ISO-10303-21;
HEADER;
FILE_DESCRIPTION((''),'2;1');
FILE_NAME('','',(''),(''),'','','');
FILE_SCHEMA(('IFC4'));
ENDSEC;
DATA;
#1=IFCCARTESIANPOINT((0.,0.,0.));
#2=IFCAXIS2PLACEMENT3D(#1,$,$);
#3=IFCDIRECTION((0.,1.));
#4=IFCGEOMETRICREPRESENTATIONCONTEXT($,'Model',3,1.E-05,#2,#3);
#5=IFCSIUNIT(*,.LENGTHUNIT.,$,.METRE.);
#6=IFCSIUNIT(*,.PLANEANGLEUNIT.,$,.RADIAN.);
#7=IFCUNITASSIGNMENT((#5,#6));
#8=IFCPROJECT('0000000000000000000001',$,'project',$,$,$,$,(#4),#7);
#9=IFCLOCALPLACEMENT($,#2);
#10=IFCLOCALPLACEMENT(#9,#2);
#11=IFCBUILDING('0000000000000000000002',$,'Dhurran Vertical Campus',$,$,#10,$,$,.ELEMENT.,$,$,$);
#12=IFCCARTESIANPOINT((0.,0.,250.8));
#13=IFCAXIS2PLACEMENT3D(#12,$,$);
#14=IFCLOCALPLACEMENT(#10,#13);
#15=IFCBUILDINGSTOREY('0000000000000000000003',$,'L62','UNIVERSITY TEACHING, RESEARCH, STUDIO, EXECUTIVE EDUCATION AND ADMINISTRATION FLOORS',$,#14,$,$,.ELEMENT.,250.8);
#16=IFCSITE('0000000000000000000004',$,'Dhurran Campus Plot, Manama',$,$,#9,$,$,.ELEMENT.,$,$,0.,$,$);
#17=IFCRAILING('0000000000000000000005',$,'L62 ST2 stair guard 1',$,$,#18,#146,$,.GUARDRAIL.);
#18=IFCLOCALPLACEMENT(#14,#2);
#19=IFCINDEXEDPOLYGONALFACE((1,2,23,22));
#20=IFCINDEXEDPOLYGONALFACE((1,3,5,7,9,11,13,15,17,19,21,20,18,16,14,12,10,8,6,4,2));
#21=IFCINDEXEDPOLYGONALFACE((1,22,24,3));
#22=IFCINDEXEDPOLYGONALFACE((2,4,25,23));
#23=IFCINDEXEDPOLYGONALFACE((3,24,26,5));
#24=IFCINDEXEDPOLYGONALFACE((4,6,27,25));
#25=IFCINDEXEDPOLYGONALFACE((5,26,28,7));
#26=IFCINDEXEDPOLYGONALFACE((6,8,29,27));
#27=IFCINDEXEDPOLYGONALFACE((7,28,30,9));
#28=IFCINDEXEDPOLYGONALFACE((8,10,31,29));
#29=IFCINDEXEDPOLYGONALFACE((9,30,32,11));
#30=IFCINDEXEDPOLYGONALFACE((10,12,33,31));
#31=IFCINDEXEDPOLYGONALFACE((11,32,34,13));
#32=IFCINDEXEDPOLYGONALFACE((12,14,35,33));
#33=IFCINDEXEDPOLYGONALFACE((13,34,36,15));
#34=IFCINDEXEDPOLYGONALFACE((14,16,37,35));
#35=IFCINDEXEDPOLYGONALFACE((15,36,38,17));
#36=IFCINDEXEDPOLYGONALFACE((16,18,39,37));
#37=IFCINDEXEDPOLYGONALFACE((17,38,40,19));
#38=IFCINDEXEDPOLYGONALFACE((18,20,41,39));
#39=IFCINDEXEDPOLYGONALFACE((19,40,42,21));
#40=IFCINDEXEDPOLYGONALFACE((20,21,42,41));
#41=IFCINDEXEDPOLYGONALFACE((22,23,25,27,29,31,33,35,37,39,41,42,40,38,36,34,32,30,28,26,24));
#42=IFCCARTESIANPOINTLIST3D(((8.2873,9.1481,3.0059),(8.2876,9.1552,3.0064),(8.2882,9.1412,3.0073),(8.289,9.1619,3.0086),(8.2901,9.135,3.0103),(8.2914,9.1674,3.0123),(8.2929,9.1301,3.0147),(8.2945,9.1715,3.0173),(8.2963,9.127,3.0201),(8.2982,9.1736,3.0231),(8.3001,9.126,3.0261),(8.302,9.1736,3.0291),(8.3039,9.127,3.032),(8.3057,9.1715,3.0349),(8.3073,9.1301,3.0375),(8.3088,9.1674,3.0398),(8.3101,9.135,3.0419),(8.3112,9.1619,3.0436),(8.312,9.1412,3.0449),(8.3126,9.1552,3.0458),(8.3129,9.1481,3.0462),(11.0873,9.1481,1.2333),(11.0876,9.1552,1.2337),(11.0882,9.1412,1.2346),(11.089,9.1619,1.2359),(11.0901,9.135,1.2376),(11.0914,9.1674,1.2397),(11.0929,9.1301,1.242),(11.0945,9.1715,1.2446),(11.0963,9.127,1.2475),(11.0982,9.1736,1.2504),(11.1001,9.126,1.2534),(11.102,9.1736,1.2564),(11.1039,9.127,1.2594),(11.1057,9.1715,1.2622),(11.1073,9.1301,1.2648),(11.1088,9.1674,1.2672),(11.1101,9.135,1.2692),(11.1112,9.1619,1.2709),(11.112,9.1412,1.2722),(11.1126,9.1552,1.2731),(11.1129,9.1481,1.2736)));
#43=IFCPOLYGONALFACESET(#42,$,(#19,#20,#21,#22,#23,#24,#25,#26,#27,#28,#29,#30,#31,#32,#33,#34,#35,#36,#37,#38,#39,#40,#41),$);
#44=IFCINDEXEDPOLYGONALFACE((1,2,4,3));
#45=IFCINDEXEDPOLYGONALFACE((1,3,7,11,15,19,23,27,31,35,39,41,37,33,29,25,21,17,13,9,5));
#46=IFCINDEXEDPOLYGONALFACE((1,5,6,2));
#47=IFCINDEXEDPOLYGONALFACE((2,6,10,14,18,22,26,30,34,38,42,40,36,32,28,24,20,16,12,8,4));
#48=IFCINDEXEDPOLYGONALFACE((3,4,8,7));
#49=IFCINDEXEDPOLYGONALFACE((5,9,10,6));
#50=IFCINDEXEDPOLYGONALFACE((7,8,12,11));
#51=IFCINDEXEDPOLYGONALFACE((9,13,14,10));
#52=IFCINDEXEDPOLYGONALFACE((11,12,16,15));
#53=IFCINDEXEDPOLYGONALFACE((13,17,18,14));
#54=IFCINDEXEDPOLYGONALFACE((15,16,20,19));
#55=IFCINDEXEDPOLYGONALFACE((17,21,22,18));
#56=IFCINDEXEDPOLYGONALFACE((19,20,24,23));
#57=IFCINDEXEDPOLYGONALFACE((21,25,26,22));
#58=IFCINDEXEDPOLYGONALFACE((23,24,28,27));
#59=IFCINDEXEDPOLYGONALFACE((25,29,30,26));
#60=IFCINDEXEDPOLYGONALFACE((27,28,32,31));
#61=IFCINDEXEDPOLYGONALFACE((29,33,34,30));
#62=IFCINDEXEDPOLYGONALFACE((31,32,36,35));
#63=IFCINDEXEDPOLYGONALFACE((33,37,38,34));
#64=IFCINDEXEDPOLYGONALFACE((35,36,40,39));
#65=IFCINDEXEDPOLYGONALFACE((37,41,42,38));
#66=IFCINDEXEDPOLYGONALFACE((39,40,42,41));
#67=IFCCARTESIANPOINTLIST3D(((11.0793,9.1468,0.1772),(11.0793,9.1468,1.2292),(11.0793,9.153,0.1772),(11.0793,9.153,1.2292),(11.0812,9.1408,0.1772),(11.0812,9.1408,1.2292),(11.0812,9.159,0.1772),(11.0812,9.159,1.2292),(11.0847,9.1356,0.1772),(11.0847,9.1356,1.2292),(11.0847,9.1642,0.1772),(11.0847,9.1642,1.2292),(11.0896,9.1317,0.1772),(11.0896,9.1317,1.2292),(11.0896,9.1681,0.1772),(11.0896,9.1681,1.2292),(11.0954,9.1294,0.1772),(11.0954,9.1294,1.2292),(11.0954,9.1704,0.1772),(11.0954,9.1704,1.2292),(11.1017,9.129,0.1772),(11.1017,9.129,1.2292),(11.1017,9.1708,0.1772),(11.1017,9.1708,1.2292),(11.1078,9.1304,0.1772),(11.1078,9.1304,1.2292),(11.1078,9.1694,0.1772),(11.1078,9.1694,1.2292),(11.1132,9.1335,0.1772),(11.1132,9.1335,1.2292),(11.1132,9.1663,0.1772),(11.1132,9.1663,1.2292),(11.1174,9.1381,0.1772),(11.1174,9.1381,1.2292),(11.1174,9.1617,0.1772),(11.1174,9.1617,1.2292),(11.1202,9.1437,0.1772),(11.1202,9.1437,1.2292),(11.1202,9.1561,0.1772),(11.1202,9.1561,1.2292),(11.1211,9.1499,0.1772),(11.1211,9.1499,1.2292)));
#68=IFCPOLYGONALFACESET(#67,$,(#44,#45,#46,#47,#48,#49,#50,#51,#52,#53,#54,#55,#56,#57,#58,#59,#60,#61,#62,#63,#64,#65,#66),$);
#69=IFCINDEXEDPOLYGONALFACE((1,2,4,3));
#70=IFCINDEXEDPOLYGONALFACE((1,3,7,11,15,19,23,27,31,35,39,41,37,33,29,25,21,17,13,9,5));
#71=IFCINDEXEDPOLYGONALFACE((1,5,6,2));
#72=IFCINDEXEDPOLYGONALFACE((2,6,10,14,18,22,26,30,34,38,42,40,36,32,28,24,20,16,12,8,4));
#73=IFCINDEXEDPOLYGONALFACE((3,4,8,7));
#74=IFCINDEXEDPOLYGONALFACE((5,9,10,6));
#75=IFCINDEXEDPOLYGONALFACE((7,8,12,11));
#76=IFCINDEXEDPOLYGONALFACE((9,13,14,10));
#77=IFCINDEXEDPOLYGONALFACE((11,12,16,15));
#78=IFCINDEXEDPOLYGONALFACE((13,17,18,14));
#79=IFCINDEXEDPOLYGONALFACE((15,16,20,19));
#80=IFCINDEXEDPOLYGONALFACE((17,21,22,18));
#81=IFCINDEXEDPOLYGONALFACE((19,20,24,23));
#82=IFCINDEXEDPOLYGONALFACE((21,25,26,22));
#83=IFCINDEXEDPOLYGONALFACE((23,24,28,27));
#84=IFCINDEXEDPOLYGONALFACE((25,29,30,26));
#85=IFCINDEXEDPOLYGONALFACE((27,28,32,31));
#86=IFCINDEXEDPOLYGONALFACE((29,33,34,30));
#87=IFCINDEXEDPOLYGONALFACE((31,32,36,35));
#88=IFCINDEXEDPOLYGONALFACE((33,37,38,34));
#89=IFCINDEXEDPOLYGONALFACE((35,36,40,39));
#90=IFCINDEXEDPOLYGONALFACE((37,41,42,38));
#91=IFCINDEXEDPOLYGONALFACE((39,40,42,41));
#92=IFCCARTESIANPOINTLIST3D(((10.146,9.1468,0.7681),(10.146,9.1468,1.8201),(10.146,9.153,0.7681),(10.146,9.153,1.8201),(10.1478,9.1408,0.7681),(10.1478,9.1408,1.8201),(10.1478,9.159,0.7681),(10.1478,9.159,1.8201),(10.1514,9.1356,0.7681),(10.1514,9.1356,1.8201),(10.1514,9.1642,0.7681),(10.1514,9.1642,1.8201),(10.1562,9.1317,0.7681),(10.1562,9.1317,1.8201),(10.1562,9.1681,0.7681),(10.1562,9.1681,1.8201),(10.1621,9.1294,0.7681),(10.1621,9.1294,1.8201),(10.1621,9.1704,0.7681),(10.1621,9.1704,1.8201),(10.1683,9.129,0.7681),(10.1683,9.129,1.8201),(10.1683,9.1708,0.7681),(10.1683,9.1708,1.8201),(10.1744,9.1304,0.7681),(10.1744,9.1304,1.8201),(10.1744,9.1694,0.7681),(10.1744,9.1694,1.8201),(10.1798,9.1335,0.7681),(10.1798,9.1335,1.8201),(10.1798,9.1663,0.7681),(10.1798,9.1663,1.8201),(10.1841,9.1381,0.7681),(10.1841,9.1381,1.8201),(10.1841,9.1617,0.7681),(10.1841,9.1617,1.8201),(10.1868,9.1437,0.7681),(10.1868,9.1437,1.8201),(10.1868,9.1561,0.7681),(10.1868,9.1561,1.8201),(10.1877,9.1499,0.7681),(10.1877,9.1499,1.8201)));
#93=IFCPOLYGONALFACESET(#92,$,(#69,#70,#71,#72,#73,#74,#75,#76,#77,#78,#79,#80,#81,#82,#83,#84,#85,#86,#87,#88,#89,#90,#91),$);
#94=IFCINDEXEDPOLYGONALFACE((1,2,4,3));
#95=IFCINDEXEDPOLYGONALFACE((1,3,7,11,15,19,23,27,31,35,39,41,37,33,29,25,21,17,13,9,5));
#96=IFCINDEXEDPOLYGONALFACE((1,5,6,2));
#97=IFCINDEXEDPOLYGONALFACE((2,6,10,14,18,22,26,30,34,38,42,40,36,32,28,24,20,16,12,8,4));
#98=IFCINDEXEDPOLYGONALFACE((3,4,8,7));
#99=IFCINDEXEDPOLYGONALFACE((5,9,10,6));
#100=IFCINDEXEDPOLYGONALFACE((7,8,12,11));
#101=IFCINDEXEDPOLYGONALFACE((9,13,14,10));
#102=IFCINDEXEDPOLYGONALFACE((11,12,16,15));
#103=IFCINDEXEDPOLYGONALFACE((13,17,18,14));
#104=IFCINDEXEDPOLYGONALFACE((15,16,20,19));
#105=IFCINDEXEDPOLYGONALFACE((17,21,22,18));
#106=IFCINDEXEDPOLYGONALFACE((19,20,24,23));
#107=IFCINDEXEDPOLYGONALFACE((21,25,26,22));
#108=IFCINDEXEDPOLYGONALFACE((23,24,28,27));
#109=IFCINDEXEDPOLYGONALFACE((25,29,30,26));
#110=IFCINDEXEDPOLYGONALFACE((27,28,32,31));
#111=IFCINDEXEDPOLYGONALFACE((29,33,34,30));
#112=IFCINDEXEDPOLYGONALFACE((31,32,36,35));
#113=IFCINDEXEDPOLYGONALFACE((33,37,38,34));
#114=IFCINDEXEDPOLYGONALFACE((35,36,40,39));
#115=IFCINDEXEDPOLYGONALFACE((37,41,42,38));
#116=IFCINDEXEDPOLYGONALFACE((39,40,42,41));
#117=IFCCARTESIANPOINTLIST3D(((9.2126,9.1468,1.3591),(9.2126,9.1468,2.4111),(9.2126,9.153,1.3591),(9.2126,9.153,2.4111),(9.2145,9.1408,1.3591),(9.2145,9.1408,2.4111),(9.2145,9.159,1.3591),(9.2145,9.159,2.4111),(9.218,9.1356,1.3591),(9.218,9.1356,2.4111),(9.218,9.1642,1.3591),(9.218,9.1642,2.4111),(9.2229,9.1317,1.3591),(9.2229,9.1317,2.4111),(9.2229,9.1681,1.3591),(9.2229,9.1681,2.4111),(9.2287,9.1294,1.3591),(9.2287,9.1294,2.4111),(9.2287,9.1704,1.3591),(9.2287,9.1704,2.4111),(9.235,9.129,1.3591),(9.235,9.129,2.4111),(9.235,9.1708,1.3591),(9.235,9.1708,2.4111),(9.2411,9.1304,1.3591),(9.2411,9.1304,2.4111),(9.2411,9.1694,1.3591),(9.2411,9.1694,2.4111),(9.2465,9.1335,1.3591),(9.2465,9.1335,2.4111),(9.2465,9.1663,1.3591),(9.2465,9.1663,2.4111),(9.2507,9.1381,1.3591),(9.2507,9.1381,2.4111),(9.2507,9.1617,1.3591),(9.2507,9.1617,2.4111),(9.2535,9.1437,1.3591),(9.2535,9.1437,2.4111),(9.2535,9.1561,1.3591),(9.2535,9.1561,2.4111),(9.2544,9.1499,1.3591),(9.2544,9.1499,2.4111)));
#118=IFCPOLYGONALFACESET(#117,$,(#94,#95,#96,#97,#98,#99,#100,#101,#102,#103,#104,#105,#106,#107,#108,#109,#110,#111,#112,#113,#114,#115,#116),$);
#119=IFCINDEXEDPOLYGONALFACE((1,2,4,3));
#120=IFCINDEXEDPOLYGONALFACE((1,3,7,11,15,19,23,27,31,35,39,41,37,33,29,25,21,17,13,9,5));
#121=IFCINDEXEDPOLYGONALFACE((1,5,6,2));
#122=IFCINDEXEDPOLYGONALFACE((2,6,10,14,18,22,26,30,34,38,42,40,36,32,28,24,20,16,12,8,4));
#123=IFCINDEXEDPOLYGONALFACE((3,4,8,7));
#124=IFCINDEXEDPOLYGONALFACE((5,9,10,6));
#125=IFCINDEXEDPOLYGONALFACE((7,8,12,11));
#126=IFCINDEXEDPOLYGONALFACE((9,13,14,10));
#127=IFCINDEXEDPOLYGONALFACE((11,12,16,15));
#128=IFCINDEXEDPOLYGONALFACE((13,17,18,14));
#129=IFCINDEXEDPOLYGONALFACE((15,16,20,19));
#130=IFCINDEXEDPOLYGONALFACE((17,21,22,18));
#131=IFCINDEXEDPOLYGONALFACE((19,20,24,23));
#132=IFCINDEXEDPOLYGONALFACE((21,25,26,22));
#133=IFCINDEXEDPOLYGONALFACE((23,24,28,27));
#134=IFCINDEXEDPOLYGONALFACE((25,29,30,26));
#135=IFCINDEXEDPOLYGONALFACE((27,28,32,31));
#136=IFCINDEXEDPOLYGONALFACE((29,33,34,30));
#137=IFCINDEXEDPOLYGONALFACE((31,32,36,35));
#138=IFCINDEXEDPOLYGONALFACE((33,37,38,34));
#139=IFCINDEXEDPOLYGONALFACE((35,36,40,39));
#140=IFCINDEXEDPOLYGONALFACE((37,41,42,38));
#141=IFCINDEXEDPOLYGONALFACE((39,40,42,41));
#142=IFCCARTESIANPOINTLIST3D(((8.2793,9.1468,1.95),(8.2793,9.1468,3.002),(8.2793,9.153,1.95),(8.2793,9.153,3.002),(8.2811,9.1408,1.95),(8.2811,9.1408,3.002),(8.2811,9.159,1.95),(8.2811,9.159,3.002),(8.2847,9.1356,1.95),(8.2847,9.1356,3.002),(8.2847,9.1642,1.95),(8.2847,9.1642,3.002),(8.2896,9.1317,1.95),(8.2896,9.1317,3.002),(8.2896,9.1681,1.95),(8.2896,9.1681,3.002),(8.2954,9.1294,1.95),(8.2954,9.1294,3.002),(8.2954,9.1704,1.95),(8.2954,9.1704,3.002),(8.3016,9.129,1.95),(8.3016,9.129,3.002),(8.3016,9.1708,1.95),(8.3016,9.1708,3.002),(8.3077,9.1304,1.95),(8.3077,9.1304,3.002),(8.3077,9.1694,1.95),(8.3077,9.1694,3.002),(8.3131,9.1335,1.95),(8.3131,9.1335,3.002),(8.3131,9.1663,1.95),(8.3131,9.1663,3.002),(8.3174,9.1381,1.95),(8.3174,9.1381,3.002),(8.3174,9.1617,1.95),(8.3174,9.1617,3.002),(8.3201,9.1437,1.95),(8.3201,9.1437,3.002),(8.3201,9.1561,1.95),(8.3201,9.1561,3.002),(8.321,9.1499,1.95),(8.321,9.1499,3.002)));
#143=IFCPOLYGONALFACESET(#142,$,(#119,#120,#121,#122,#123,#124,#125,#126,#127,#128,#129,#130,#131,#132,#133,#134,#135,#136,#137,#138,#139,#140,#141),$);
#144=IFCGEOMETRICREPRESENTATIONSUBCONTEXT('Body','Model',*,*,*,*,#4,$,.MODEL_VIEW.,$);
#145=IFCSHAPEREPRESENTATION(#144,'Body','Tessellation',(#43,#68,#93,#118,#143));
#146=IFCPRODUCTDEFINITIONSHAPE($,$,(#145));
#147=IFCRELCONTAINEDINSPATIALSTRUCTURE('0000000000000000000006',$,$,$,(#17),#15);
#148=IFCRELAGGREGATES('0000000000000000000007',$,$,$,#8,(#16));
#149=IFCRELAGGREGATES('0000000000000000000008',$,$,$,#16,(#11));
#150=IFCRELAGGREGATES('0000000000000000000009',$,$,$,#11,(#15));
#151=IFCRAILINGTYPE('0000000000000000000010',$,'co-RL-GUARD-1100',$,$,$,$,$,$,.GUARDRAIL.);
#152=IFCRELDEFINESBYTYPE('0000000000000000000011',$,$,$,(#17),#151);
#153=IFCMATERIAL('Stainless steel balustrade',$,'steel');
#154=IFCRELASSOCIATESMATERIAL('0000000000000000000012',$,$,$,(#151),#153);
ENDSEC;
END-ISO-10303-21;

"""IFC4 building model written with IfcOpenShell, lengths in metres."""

from ifc_helpers import new_model, si_unit, direction, frame, origin, origin_2d, place, context, subcontext, project, spatial, circle, extrude, material, type_object, element, save


model = new_model("IFC4")

# Units and contexts
model_context = context("Model", 3, precision=1e-05, world=origin(), true_north=direction((0.0, 1.0)))
body_context = subcontext(model_context, "Body", "Model", "MODEL_VIEW")
ifc_project = project(units=[si_unit("LENGTHUNIT", "METRE"), si_unit("PLANEANGLEUNIT", "RADIAN")], contexts=[model_context])

# Site, building, storey
site_placement = place(None, origin())
site = spatial("IfcSite", under=ifc_project, at=site_placement, Name="Dhurran Campus Plot, Manama", CompositionType="ELEMENT", RefElevation=0.0)
building_placement = place(site_placement, origin())
building = spatial("IfcBuilding", under=site, at=building_placement, Name="Dhurran Vertical Campus", CompositionType="ELEMENT")
storey_placement = place(building_placement, frame((0.0, 0.0, 250.8)))
storey = spatial("IfcBuildingStorey", under=building, at=storey_placement, Name="L62", Description="UNIVERSITY TEACHING, RESEARCH, STUDIO, EXECUTIVE EDUCATION AND ADMINISTRATION FLOORS", CompositionType="ELEMENT", Elevation=250.8)

# Railing
ifc_material_1 = material(Name="Stainless steel balustrade", Category="steel")
railing_type = type_object("IfcRailingType", Name="co-RL-GUARD-1100", PredefinedType="GUARDRAIL", material=ifc_material_1)
railing_1_placement = place(storey_placement, frame((11.1001, 9.1499, 0.1772)))
element("IfcRailing", 1, at=railing_1_placement, inside=storey, type_object=railing_type, Name="L62 ST2 stair guard 1", PredefinedType="GUARDRAIL", context=body_context, shape_type="SweptSolid", body=[
    extrude(circle(Radius=0.0239, at=origin_2d()), frame((0.0, 0.0, 1.0762), z_axis=(-0.844909, 0.0, 0.53491), x_axis=(0.0, -1.0, 0.0)), (0.0, 0.0, 1.0), 3.314),
    extrude(circle(Radius=0.021, at=origin_2d()), origin(), (0.0, 0.0, 1.0), 1.052),
    extrude(circle(Radius=0.021, at=origin_2d()), frame((-0.9333, 0.0, 0.5908)), (0.0, 0.0, 1.0), 1.052),
    extrude(circle(Radius=0.021, at=origin_2d()), frame((-1.8667, 0.0, 1.1819)), (0.0, 0.0, 1.0), 1.052),
    extrude(circle(Radius=0.021, at=origin_2d()), frame((-2.8, 0.0, 1.7727)), (0.0, 0.0, 1.0), 1.052),
])

save(model, "model.ifc")
